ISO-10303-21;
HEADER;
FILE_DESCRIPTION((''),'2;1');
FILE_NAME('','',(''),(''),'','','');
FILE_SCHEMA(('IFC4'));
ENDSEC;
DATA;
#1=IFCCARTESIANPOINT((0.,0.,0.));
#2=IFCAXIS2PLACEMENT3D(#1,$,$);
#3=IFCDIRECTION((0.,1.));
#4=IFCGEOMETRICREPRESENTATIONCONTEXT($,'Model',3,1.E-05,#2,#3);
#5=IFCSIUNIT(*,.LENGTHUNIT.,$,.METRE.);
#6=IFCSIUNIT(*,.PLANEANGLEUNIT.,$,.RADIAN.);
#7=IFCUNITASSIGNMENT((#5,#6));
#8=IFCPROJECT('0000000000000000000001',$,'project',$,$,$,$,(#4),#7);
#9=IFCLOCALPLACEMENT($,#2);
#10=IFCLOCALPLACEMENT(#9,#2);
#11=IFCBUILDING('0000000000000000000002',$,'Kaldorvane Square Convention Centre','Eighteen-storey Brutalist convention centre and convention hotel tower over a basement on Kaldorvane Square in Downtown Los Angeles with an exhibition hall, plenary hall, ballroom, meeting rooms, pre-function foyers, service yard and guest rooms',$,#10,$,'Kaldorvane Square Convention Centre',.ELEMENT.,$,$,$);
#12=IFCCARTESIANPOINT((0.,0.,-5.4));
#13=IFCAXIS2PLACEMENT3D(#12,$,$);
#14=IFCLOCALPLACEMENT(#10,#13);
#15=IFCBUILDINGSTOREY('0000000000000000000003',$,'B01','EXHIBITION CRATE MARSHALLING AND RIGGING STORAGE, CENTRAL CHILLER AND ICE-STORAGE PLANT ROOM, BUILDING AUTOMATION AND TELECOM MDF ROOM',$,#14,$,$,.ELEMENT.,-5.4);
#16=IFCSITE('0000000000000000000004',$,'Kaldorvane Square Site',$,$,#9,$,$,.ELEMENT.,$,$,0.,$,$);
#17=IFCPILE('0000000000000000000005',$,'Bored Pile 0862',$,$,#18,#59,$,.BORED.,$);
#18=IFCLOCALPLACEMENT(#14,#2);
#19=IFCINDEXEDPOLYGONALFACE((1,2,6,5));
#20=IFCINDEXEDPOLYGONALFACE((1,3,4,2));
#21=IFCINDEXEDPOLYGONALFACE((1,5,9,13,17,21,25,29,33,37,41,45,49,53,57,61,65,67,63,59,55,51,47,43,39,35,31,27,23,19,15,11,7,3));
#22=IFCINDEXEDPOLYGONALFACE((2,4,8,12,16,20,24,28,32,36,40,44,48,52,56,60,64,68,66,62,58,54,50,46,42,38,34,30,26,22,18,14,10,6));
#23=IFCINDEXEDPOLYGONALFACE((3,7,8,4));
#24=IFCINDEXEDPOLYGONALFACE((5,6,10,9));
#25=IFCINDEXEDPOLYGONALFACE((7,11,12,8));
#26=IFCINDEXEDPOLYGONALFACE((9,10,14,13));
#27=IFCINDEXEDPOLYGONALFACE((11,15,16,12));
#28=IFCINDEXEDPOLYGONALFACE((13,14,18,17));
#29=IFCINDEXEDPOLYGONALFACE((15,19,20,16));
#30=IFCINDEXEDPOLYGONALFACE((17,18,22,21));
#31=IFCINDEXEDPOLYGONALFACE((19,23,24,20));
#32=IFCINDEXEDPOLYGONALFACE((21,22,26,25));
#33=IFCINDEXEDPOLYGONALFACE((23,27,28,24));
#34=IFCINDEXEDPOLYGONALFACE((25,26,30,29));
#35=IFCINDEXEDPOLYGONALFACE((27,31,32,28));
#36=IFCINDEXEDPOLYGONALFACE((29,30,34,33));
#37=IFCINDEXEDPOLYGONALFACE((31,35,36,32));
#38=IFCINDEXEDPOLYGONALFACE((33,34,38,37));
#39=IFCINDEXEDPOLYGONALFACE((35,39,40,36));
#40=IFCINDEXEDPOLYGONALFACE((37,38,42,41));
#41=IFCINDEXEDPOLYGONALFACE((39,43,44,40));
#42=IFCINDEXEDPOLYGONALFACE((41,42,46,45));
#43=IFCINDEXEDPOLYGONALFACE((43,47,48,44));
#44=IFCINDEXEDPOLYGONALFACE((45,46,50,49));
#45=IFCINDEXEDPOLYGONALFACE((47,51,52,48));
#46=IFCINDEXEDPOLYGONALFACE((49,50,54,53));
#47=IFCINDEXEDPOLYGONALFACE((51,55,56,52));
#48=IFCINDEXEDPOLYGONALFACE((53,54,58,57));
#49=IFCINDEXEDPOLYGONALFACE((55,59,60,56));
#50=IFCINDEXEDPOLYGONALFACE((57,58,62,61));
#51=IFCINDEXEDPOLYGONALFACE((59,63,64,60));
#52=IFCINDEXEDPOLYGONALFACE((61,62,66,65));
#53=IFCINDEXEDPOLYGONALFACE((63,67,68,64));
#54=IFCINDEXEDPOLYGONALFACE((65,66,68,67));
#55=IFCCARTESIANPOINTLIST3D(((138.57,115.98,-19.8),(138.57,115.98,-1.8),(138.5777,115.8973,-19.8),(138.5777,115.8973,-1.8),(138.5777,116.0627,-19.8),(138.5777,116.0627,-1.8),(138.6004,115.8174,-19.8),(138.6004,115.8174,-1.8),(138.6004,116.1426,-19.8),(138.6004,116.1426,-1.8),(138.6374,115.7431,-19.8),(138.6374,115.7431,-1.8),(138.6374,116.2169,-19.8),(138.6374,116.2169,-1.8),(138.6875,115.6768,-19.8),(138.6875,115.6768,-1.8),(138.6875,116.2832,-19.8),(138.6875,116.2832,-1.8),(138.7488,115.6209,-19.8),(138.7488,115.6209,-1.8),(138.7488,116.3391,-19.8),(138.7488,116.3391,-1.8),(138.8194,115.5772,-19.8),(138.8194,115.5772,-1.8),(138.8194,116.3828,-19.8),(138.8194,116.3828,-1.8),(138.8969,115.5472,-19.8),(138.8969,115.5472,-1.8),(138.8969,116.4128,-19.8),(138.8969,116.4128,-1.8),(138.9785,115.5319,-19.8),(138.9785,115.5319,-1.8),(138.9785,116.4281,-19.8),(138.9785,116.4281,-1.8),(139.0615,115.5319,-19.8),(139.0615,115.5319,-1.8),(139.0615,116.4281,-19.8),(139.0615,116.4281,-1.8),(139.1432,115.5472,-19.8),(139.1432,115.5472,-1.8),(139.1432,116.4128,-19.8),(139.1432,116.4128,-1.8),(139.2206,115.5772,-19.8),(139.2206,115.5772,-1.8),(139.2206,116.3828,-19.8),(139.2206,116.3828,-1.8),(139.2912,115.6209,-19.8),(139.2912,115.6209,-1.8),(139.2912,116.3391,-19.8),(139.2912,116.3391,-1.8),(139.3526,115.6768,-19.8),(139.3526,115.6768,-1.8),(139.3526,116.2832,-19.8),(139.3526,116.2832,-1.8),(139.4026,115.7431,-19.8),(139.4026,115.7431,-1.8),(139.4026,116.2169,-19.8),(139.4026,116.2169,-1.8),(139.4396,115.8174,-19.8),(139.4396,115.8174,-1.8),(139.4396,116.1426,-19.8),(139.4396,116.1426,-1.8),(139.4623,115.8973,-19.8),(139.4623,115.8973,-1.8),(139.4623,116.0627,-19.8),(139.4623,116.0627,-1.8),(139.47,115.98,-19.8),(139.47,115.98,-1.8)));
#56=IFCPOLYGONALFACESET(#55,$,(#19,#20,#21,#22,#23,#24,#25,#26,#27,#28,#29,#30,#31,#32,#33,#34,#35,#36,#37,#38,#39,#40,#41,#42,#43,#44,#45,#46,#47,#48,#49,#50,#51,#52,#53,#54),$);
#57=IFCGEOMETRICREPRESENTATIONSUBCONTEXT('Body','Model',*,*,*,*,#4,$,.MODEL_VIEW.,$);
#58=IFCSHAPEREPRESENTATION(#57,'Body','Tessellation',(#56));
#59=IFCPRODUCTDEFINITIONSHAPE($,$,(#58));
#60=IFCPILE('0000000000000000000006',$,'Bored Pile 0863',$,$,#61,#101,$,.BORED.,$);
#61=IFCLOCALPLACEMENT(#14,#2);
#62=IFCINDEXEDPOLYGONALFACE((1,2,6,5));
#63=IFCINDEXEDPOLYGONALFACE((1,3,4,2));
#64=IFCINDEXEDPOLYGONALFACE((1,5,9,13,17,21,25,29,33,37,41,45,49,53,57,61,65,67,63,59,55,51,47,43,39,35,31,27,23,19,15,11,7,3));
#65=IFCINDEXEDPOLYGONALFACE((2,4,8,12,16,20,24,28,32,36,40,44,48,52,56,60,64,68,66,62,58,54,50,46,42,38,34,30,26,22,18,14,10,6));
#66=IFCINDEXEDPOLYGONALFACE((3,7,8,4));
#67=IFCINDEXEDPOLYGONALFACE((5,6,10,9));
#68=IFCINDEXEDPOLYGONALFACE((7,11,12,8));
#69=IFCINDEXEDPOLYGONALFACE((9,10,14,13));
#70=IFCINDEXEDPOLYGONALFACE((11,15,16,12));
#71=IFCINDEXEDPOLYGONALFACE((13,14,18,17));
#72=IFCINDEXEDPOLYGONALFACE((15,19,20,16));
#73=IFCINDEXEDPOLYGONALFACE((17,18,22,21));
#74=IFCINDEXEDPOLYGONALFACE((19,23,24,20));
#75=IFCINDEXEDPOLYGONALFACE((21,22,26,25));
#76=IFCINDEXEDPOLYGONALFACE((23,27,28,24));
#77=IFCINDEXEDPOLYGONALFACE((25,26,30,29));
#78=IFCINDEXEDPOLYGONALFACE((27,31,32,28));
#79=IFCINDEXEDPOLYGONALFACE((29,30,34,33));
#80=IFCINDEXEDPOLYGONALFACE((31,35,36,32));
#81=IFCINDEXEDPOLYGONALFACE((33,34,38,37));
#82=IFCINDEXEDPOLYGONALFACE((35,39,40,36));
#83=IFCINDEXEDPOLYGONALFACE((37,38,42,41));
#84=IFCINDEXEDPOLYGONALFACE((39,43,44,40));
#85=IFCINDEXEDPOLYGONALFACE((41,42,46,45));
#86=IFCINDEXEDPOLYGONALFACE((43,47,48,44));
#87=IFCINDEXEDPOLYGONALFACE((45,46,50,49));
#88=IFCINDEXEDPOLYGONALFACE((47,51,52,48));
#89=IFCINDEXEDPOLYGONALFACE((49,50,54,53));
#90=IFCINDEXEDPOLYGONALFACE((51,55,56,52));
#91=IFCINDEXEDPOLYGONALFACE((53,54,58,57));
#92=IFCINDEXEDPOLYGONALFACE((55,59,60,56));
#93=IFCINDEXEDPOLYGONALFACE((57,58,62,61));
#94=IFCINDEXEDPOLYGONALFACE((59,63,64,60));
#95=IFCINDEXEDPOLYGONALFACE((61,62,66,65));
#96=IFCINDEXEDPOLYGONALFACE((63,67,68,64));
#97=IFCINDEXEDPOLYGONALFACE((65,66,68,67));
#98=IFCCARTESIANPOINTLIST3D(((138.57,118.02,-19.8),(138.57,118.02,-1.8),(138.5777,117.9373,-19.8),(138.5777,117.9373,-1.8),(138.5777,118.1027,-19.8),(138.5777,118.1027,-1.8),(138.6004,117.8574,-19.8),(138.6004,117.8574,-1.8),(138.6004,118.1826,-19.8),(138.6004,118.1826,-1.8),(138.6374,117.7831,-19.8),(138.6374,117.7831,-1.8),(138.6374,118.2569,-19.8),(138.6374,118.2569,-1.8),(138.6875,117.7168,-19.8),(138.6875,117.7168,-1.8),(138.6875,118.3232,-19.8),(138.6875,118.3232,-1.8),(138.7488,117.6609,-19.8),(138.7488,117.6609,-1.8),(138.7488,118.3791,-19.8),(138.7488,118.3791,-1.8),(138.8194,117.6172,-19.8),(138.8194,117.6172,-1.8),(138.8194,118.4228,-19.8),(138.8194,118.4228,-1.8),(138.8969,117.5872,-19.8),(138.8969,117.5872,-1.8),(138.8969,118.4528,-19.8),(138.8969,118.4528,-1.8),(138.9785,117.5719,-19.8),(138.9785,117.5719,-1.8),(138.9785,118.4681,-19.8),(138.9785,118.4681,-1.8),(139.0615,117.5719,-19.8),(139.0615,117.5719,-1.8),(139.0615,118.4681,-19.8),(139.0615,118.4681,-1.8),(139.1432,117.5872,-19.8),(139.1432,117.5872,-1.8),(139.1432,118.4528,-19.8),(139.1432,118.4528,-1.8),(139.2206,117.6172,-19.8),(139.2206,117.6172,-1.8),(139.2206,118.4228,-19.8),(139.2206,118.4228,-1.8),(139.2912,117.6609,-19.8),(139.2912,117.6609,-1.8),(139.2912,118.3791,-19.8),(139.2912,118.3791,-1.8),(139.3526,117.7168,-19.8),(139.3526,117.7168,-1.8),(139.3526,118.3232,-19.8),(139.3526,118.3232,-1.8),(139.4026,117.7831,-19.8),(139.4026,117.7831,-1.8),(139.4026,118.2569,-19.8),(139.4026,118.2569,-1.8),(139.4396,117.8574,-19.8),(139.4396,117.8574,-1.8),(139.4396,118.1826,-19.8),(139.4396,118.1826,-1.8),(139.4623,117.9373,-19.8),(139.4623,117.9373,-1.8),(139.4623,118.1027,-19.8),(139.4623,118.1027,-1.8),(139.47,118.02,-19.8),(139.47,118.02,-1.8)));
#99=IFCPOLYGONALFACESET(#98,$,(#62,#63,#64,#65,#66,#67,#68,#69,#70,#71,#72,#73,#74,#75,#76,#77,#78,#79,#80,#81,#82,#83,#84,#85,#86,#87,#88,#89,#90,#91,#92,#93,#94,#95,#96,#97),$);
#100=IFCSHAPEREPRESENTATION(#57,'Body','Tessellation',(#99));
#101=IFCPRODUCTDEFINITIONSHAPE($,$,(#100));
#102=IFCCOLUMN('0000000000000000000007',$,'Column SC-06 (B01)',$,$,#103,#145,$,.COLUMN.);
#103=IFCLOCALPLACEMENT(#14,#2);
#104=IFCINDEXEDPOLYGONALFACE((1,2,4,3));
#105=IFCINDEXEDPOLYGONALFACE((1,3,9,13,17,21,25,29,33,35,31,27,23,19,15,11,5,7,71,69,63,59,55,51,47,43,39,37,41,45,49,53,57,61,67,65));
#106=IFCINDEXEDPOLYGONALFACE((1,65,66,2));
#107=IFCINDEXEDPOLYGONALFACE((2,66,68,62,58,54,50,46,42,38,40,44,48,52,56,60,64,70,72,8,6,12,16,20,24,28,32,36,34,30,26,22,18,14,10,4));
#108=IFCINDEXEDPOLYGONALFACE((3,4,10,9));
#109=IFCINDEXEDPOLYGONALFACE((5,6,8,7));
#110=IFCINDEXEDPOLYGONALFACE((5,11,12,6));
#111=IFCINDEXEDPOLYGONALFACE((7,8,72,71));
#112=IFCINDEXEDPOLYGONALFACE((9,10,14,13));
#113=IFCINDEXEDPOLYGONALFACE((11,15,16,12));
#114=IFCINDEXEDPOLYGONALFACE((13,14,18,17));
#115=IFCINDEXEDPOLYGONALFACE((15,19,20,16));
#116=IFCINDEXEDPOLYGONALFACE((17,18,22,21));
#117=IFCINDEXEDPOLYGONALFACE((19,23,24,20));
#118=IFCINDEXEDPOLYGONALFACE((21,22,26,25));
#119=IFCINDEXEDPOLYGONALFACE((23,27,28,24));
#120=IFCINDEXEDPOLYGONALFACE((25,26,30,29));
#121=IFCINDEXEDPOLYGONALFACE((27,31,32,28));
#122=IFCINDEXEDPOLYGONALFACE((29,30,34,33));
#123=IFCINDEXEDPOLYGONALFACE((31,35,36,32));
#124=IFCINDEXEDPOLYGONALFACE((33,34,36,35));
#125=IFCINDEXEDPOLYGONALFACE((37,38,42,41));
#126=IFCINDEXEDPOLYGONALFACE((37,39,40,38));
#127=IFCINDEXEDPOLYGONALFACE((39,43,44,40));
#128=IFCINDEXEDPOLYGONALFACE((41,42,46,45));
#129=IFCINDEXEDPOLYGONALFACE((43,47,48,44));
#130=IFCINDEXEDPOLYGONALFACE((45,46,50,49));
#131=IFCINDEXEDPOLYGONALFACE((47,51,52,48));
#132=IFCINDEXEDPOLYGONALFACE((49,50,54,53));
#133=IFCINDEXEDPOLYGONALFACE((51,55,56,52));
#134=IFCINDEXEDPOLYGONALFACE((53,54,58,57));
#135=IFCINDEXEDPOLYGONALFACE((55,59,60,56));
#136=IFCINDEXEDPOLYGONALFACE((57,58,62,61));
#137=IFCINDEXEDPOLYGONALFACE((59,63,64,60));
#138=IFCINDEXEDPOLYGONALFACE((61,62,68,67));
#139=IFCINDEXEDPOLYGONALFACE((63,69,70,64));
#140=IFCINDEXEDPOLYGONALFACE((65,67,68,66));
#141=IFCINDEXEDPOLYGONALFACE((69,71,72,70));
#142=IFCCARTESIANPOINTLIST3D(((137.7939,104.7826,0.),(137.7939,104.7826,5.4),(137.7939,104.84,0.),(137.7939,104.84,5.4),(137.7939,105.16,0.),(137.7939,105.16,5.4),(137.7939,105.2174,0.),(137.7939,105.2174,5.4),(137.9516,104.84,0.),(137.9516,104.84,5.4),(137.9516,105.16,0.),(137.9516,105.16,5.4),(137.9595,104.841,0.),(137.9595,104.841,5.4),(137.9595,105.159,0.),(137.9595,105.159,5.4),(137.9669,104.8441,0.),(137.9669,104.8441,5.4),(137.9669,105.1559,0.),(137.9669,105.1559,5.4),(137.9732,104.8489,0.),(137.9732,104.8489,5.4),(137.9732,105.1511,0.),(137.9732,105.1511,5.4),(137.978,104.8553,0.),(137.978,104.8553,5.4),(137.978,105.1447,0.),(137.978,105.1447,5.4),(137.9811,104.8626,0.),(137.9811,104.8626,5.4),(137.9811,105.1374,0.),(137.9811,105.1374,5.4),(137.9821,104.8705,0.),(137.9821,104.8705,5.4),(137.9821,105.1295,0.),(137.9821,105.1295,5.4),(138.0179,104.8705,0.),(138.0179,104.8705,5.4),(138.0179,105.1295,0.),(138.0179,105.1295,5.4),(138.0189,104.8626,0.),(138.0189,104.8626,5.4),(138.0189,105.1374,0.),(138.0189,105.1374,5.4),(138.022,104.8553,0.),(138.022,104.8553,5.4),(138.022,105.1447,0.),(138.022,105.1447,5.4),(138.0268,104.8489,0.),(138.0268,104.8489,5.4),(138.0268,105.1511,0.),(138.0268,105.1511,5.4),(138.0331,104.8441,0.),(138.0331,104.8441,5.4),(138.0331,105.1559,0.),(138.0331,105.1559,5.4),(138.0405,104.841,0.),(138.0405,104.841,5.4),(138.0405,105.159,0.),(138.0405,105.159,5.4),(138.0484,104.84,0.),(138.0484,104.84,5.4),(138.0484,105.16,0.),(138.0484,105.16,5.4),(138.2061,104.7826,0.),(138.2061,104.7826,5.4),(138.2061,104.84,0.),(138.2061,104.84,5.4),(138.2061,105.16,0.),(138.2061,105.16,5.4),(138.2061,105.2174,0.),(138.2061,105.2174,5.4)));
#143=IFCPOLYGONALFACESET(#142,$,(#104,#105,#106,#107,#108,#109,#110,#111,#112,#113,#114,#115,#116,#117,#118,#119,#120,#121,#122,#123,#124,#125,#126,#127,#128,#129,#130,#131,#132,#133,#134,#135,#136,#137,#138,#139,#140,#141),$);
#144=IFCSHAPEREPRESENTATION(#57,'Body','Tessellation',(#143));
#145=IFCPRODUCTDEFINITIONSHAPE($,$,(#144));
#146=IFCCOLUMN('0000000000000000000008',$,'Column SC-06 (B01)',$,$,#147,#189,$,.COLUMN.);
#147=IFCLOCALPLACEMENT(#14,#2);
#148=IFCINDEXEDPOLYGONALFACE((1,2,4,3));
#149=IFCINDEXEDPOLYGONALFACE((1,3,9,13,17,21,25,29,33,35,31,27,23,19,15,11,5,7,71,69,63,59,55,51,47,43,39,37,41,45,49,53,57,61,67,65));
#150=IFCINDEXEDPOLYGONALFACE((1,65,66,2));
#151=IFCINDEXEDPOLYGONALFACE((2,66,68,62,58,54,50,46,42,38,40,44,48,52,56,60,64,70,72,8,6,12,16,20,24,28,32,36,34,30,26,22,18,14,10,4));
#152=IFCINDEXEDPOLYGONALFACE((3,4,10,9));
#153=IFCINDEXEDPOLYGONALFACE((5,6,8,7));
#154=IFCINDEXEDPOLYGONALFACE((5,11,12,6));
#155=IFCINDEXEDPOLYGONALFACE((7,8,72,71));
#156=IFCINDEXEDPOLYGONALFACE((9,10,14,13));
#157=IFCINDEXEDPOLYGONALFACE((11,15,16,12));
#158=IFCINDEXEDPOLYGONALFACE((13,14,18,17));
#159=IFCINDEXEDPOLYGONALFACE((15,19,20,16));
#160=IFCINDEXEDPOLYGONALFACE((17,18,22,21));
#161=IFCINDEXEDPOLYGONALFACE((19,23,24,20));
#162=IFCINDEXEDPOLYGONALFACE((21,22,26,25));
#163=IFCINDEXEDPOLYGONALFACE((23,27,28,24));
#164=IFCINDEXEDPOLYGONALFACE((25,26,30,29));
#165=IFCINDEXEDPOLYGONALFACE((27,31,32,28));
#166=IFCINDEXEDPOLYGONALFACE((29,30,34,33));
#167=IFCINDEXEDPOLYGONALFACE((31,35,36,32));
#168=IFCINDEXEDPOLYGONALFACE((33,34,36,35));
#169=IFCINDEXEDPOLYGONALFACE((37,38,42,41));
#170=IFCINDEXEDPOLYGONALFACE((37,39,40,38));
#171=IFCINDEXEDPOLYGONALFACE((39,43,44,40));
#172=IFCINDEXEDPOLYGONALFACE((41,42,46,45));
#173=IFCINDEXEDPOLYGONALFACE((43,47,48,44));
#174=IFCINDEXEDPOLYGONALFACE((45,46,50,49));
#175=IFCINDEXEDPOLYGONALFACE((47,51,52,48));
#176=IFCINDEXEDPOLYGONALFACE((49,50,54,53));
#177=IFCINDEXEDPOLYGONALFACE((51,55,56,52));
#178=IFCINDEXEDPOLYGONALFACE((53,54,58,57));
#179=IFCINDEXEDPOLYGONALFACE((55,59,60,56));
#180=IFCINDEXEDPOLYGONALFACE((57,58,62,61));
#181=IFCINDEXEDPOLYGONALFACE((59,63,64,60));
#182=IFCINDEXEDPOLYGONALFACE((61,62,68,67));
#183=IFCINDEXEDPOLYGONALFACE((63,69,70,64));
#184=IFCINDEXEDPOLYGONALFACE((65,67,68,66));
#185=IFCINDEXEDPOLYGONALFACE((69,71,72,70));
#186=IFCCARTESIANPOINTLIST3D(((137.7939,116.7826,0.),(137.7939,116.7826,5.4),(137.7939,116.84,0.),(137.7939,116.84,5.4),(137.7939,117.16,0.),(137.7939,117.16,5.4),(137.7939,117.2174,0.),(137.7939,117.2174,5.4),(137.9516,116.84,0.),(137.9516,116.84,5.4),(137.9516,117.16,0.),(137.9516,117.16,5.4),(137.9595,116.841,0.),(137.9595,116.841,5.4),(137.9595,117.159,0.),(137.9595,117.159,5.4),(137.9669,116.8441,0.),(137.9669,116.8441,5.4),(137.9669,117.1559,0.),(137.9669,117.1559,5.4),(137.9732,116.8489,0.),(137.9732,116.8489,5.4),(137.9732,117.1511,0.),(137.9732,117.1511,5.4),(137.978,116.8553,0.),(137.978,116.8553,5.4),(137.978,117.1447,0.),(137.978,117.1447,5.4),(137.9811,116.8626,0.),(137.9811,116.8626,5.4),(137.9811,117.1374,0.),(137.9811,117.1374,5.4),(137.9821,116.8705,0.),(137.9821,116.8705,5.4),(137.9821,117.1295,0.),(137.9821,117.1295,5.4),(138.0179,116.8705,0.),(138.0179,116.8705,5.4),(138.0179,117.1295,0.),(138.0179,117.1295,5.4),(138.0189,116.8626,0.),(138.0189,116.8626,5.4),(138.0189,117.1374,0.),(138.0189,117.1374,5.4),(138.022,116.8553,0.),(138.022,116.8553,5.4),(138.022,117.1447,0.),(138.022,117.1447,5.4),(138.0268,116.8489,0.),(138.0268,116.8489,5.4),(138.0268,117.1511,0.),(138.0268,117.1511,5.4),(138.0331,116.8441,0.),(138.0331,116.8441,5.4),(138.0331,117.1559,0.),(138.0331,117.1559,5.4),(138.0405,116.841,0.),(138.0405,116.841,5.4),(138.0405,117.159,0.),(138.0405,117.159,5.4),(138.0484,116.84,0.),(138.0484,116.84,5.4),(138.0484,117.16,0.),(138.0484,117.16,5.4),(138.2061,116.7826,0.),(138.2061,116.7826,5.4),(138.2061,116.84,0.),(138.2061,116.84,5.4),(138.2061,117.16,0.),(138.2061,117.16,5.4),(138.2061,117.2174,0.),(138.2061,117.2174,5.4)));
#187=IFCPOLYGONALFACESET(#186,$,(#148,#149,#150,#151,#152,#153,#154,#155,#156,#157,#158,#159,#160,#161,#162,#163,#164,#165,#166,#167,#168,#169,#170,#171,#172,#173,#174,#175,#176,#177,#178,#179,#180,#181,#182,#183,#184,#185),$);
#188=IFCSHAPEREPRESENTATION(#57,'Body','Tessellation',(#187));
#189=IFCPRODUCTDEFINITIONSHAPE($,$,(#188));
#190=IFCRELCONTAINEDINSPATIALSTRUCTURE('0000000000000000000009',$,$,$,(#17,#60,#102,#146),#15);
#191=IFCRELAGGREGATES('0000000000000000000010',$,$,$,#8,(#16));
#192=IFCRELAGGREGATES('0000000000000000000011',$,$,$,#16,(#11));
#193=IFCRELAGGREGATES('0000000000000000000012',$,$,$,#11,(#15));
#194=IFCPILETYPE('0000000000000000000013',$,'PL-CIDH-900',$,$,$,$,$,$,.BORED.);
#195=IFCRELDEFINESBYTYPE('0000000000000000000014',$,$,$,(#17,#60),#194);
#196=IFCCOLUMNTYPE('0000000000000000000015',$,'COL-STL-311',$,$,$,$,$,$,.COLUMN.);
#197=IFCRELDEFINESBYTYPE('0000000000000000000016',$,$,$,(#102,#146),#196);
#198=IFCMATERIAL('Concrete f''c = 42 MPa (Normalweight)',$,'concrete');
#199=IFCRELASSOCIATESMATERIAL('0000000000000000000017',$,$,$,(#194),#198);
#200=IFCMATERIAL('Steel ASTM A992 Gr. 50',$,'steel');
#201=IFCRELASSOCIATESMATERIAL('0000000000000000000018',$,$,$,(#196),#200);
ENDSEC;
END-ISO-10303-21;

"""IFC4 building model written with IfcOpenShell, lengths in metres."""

from ifc_helpers import new_model, si_unit, direction, frame, origin, origin_2d, place, context, subcontext, project, spatial, circle, i_section, extrude, material, material_profile, profile_set, type_object, element, save


model = new_model("IFC4")

# Units and contexts
model_context = context("Model", 3, precision=1e-05, world=origin(), true_north=direction((0.0, 1.0)))
body_context = subcontext(model_context, "Body", "Model", "MODEL_VIEW")
ifc_project = project(units=[si_unit("LENGTHUNIT", "METRE"), si_unit("PLANEANGLEUNIT", "RADIAN")], contexts=[model_context])

# Site, building, storey
site_placement = place(None, origin())
site = spatial("IfcSite", under=ifc_project, at=site_placement, Name="Kaldorvane Square Site", CompositionType="ELEMENT", RefElevation=0.0)
building_placement = place(site_placement, origin())
building = spatial("IfcBuilding", under=site, at=building_placement, Name="Kaldorvane Square Convention Centre", Description="Eighteen-storey Brutalist convention centre and convention hotel tower over a basement on Kaldorvane Square in Downtown Los Angeles with an exhibition hall, plenary hall, ballroom, meeting rooms, pre-function foyers, service yard and guest rooms", LongName="Kaldorvane Square Convention Centre", CompositionType="ELEMENT")
storey_placement = place(building_placement, frame((0.0, 0.0, -5.4)))
storey = spatial("IfcBuildingStorey", under=building, at=storey_placement, Name="B01", Description="EXHIBITION CRATE MARSHALLING AND RIGGING STORAGE, CENTRAL CHILLER AND ICE-STORAGE PLANT ROOM, BUILDING AUTOMATION AND TELECOM MDF ROOM", CompositionType="ELEMENT", Elevation=-5.4)

# Shared definitions
ifc_material_1 = material(Name="Concrete f'c = 42 MPa (Normalweight)", Category="concrete")

# Piles
ifc_material_profile_1 = material_profile(ifc_material_1, circle(Radius=0.45, at=origin_2d()), Name="PILE-D900")
ifc_profile_set_1 = profile_set([ifc_material_profile_1], Name="Concrete f'c = 42 MPa (Normalweight)")
pile_type = type_object("IfcPileType", Name="PL-CIDH-900", PredefinedType="BORED", material=ifc_profile_set_1)
for number, where, z_axis, x_axis, name in (
    (1, (139.02, 115.98, -1.8), (0.0, 0.0, -1.0), (1.0, 0.0, 0.0), "Bored Pile 0862"),
    (2, (139.02, 118.02, -1.8), (0.0, 0.0, -1.0), (1.0, 0.0, 0.0), "Bored Pile 0863"),
):
    element("IfcPile", number, at=place(storey_placement, frame(where, z_axis=z_axis, x_axis=x_axis)), inside=storey, type_object=pile_type, Name=name, PredefinedType="BORED", context=body_context, shape_type="SweptSolid", body=[
        extrude(circle(Radius=0.45, at=origin_2d()), origin(), (0.0, 0.0, 1.0), 18.0),
    ])

# Columns
ifc_material_2 = material(Name="Steel ASTM A992 Gr. 50", Category="steel")
ifc_material_profile_2 = material_profile(ifc_material_2, i_section(OverallWidth=0.4122, OverallDepth=0.4348, WebThickness=0.0358, FlangeThickness=0.0574, FilletRadius=0.0305, at=origin_2d()), Name="W14X311")
ifc_profile_set_2 = profile_set([ifc_material_profile_2], Name="Steel ASTM A992 Gr. 50")
column_type = type_object("IfcColumnType", Name="COL-STL-311", PredefinedType="COLUMN", material=ifc_profile_set_2)
for number, where, z_axis, x_axis, name in (
    (3, (138.0, 105.0, 0.0), (0.0, 0.0, 1.0), (1.0, 0.0, 0.0), "Column SC-06 (B01)"),
    (4, (138.0, 117.0, 0.0), (0.0, 0.0, 1.0), (1.0, 0.0, 0.0), "Column SC-06 (B01)"),
):
    element("IfcColumn", number, at=place(storey_placement, frame(where, z_axis=z_axis, x_axis=x_axis)), inside=storey, type_object=column_type, Name=name, PredefinedType="COLUMN", context=body_context, shape_type="SweptSolid", body=[
        extrude(i_section(OverallWidth=0.4122, OverallDepth=0.4348, WebThickness=0.0358, FlangeThickness=0.0574, FilletRadius=0.0305, at=origin_2d()), origin(), (0.0, 0.0, 1.0), 5.4),
    ])

save(model, "model.ifc")
